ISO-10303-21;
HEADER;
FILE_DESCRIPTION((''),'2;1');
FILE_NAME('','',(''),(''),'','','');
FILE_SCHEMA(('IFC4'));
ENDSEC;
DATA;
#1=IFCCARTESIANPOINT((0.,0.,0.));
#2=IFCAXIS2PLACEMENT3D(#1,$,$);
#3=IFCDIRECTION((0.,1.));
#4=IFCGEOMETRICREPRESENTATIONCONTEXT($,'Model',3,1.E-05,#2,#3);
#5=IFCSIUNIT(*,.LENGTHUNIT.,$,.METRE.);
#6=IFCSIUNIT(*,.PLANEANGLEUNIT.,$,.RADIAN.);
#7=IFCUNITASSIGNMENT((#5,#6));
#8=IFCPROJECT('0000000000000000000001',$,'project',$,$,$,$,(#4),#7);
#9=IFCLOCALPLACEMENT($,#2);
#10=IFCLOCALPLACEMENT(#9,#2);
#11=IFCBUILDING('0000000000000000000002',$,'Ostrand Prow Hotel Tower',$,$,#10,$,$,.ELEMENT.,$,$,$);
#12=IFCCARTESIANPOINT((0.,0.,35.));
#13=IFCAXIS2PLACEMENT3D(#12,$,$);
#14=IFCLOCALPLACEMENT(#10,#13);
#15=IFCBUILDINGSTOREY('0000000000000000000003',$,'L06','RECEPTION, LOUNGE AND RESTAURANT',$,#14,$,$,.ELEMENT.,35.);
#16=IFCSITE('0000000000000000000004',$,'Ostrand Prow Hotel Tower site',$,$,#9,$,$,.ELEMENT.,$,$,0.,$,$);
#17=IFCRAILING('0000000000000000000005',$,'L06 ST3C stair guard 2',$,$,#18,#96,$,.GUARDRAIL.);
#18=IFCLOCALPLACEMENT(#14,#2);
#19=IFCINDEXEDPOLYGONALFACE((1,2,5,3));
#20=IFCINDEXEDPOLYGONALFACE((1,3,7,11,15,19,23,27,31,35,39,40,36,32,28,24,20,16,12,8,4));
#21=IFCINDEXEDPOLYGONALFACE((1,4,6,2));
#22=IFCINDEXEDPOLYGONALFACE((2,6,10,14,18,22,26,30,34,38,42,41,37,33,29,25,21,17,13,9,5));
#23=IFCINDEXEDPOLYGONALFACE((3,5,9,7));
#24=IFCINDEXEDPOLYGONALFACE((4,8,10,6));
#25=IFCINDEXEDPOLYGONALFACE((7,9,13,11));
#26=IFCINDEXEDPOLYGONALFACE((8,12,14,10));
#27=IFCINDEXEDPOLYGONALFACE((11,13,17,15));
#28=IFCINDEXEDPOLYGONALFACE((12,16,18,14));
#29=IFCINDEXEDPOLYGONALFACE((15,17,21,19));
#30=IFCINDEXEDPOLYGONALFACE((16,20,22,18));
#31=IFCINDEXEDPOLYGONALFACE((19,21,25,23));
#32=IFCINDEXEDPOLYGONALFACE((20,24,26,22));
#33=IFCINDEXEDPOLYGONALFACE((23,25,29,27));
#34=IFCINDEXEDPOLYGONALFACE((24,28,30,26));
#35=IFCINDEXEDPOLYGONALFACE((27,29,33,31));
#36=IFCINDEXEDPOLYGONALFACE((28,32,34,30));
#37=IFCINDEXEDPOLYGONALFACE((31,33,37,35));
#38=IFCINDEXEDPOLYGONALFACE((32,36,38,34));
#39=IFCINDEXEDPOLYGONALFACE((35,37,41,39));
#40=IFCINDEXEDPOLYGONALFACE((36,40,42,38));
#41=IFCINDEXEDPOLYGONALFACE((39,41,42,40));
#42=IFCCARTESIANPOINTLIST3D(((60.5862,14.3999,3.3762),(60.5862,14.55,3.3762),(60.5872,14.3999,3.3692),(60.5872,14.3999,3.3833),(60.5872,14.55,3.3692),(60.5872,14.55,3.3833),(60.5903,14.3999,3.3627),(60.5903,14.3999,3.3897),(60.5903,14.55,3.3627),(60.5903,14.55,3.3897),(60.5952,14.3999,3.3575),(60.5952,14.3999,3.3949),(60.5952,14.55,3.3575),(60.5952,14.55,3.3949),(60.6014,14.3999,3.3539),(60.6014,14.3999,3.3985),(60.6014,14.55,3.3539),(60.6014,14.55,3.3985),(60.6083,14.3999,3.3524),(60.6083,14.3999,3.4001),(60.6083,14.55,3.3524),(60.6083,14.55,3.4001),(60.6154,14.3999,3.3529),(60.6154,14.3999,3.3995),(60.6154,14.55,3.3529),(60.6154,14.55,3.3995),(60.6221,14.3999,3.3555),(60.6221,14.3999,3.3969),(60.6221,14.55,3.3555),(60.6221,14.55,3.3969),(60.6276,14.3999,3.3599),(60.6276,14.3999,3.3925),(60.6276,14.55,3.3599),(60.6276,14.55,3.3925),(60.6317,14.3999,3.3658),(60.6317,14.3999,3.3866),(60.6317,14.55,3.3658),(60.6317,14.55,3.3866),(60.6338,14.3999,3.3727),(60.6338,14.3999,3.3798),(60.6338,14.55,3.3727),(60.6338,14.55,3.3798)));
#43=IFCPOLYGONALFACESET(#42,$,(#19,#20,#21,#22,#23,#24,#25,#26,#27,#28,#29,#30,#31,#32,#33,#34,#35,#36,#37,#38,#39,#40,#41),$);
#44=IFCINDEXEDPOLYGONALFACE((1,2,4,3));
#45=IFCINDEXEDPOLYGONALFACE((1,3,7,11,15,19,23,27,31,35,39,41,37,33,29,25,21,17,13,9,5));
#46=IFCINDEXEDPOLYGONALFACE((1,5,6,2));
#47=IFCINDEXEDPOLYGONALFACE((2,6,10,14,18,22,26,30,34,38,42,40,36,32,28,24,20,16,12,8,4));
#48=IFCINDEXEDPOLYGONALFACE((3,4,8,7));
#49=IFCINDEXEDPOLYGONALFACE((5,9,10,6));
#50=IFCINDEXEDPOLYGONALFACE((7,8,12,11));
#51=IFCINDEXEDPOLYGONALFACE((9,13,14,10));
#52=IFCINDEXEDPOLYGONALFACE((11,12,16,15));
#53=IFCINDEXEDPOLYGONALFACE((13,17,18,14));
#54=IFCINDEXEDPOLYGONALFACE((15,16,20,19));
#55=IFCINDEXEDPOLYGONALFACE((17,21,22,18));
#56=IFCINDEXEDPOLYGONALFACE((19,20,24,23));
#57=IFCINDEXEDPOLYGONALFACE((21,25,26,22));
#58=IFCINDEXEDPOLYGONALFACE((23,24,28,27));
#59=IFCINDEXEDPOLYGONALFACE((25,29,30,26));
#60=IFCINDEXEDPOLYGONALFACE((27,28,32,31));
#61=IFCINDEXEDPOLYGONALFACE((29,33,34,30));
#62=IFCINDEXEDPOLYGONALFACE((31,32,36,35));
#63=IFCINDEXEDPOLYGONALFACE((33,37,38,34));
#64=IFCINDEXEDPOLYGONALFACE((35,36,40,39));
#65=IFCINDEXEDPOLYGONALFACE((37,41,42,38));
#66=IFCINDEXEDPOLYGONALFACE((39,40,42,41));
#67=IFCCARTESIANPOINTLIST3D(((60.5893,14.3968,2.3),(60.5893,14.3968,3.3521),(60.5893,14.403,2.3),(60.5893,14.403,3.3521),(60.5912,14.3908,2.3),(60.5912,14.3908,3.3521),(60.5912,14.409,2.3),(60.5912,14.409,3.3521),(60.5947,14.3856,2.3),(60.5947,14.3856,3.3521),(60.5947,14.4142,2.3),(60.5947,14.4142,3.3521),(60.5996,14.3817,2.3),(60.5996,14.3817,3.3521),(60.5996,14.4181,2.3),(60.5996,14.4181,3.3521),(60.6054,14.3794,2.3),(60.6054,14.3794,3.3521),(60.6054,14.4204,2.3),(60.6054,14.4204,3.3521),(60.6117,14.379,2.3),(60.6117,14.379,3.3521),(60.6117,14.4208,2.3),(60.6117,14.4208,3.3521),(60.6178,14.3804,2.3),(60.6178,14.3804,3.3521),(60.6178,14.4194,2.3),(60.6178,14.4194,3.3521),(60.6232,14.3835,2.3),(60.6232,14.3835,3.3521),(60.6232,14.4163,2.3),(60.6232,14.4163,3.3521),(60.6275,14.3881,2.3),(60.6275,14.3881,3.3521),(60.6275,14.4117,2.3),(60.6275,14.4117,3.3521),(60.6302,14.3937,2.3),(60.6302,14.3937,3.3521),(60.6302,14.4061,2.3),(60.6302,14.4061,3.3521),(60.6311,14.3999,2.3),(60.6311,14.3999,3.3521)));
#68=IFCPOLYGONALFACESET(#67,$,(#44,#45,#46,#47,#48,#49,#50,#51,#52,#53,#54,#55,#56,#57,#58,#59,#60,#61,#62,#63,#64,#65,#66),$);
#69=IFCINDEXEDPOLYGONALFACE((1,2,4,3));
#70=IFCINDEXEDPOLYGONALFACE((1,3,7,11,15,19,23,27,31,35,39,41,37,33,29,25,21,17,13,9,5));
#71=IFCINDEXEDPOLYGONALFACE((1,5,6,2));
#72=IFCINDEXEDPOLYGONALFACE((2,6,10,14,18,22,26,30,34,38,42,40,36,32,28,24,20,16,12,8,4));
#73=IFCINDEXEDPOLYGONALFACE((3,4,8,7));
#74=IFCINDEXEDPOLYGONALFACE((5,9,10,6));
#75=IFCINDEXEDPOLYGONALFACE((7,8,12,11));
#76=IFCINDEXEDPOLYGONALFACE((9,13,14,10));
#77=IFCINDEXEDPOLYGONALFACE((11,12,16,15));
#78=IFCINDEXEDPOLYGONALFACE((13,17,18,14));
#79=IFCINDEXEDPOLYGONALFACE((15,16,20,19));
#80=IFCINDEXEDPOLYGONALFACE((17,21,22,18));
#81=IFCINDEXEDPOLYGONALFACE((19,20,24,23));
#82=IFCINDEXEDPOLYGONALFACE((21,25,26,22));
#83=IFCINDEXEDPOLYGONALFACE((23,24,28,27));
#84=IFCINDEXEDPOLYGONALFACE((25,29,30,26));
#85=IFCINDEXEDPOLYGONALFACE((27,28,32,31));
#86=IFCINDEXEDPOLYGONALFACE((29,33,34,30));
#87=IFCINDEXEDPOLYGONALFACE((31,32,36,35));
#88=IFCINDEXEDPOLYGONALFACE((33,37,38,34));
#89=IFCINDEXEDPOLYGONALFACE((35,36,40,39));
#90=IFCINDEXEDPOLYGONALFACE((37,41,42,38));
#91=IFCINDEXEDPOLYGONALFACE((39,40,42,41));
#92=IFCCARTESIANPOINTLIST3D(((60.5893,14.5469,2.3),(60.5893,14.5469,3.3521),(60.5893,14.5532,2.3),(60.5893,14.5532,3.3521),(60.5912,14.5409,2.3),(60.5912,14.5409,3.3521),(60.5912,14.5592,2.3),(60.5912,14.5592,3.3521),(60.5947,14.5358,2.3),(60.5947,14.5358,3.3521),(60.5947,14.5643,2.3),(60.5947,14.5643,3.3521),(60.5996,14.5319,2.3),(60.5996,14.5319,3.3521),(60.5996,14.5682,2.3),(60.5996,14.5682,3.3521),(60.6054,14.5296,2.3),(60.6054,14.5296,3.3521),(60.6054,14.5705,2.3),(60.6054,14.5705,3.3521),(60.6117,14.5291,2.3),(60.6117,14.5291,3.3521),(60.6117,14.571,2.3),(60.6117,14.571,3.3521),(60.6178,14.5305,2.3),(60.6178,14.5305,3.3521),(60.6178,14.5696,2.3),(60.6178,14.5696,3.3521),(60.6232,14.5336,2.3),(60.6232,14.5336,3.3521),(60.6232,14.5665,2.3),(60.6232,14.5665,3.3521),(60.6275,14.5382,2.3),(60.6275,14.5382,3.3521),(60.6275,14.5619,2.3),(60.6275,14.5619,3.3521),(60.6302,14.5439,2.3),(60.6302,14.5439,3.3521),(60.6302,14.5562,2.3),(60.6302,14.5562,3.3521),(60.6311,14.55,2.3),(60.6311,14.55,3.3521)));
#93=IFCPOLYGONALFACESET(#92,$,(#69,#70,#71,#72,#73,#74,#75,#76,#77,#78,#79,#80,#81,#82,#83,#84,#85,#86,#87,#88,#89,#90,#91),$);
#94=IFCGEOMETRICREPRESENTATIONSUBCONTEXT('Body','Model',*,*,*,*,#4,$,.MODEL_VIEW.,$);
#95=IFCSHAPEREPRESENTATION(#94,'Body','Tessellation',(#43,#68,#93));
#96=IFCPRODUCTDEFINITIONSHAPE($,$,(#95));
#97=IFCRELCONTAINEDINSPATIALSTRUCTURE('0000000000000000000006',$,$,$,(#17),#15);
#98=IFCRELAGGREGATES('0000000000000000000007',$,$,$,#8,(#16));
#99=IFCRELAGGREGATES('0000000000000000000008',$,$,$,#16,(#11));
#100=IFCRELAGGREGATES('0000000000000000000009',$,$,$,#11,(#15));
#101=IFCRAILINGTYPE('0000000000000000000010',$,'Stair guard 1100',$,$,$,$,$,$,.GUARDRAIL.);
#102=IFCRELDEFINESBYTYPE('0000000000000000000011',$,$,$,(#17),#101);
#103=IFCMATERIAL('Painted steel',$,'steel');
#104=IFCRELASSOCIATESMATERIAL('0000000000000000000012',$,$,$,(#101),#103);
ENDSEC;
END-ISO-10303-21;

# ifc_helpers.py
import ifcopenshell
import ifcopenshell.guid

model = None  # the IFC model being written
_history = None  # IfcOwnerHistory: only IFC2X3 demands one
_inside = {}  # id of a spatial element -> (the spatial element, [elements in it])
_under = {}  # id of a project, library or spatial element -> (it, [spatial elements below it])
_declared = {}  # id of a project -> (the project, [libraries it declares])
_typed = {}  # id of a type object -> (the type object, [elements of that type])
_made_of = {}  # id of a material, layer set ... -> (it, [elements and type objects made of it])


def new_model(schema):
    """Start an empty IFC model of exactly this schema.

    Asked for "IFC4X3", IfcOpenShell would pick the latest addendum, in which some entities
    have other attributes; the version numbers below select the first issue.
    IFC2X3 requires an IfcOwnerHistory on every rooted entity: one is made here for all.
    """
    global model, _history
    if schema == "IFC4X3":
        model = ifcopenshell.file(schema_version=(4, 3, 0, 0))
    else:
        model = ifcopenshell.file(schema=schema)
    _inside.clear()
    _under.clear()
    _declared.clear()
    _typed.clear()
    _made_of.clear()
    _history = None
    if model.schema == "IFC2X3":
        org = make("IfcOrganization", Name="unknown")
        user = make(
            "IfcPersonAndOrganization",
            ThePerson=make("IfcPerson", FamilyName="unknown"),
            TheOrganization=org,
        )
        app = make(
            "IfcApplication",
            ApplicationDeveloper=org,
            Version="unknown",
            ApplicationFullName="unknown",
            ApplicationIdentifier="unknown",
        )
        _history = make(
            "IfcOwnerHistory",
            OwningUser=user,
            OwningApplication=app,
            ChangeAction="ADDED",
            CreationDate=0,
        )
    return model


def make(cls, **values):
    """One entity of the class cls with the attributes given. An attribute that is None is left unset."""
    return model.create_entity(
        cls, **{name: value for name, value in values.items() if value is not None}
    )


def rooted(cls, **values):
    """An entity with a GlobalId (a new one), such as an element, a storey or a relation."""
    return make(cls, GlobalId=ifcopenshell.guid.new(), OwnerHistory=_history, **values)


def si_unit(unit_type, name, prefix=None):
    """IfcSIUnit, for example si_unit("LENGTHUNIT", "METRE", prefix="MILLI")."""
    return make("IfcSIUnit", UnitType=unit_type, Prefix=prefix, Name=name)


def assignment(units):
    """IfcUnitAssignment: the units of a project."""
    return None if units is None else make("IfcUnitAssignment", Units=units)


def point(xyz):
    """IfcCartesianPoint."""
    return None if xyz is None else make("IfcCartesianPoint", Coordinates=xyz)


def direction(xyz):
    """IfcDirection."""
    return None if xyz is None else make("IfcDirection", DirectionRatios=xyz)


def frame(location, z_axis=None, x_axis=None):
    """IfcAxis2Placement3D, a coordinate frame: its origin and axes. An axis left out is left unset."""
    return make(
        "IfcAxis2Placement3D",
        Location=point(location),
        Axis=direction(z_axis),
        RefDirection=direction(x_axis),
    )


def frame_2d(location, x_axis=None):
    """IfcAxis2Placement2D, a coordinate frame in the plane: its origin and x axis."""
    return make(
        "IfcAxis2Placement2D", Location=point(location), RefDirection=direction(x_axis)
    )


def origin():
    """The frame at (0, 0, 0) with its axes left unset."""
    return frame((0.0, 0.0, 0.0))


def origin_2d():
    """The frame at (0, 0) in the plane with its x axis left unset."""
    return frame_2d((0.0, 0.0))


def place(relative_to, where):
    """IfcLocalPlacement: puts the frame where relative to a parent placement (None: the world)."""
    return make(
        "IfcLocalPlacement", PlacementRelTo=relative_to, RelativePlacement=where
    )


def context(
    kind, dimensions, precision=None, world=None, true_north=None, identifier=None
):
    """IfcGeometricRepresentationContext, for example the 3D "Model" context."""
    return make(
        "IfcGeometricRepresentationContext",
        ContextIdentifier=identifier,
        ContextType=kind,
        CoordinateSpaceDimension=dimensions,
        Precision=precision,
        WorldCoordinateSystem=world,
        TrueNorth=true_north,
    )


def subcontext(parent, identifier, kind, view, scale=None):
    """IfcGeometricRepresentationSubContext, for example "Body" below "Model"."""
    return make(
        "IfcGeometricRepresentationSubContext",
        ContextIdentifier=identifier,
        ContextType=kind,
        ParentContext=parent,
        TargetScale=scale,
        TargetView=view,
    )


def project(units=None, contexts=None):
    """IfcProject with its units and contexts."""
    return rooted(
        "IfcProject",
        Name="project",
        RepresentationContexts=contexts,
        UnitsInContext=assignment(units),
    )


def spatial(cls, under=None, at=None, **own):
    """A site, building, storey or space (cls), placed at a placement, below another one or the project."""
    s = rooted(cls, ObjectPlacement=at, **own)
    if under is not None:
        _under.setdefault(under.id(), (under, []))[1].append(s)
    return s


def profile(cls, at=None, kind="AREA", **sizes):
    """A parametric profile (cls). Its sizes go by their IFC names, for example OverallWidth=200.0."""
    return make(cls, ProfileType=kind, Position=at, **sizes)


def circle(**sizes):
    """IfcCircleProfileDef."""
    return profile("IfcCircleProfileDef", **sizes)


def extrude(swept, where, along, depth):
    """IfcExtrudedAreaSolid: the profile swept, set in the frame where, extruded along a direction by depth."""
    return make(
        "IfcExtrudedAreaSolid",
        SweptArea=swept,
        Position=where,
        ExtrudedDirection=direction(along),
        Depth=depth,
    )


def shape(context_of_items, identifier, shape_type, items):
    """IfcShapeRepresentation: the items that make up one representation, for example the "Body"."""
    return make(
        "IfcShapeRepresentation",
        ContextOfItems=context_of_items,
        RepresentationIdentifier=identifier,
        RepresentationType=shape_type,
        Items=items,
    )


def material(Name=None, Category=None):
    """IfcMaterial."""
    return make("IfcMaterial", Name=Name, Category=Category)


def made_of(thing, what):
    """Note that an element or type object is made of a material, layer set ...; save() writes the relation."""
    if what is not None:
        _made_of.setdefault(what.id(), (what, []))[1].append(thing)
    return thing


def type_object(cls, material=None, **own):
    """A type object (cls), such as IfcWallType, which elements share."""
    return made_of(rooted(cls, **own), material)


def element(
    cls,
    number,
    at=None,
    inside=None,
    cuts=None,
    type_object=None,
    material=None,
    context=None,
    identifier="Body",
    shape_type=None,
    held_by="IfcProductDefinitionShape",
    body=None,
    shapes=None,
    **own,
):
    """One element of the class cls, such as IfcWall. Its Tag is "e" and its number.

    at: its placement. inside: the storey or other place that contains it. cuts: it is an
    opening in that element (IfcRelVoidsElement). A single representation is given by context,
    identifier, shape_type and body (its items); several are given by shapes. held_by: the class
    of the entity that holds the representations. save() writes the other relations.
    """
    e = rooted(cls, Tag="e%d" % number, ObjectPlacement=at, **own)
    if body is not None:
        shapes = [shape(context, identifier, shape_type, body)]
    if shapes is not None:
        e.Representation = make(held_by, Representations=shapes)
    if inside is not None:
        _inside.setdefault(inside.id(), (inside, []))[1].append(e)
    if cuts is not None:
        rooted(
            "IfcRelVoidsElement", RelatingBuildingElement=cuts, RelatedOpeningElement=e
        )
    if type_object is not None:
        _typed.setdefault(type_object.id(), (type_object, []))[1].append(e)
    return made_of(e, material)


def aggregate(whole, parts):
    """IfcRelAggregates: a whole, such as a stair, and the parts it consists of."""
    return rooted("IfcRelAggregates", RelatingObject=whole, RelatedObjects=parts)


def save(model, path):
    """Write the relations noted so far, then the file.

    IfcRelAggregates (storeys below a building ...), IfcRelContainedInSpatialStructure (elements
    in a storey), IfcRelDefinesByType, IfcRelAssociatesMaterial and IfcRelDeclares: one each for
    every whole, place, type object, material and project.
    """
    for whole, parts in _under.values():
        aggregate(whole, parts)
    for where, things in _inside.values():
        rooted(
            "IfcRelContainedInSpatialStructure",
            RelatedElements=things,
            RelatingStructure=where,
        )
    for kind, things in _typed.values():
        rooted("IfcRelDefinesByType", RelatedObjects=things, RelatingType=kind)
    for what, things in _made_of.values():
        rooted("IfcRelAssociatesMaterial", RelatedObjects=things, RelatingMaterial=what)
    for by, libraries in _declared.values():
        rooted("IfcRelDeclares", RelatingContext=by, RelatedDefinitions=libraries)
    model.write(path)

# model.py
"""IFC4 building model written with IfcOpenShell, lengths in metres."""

from ifc_helpers import new_model, si_unit, direction, frame, origin, origin_2d, place, context, subcontext, project, spatial, circle, extrude, material, type_object, element, save


model = new_model("IFC4")

# Units and contexts
model_context = context("Model", 3, precision=1e-05, world=origin(), true_north=direction((0.0, 1.0)))
body_context = subcontext(model_context, "Body", "Model", "MODEL_VIEW")
ifc_project = project(units=[si_unit("LENGTHUNIT", "METRE"), si_unit("PLANEANGLEUNIT", "RADIAN")], contexts=[model_context])

# Site, building, storey
site_placement = place(None, origin())
site = spatial("IfcSite", under=ifc_project, at=site_placement, Name="Ostrand Prow Hotel Tower site", CompositionType="ELEMENT", RefElevation=0.0)
building_placement = place(site_placement, origin())
building = spatial("IfcBuilding", under=site, at=building_placement, Name="Ostrand Prow Hotel Tower", CompositionType="ELEMENT")
storey_placement = place(building_placement, frame((0.0, 0.0, 35.0)))
storey = spatial("IfcBuildingStorey", under=building, at=storey_placement, Name="L06", Description="RECEPTION, LOUNGE AND RESTAURANT", CompositionType="ELEMENT", Elevation=35.0)

# Railing
ifc_material_1 = material(Name="Painted steel", Category="steel")
railing_type_1 = type_object("IfcRailingType", Name="Stair guard 1100", PredefinedType="GUARDRAIL", material=ifc_material_1)
railing_1_placement = place(storey_placement, frame((60.6101, 14.3999, 2.3)))
element("IfcRailing", 1, at=railing_1_placement, inside=storey, type_object=railing_type_1, Name="L06 ST3C stair guard 2", PredefinedType="GUARDRAIL", context=body_context, shape_type="SweptSolid", body=[
    extrude(circle(Radius=0.0239, at=origin_2d()), frame((0.0, 0.0, 1.0762), z_axis=(0.0, 1.0, 0.0), x_axis=(-1.0, 0.0, 0.0)), (0.0, 0.0, 1.0), 0.1501),
    extrude(circle(Radius=0.021, at=origin_2d()), origin(), (0.0, 0.0, 1.0), 1.052),
    extrude(circle(Radius=0.021, at=origin_2d()), frame((0.0, 0.1501, 0.0)), (0.0, 0.0, 1.0), 1.052),
])

save(model, "model.ifc")
